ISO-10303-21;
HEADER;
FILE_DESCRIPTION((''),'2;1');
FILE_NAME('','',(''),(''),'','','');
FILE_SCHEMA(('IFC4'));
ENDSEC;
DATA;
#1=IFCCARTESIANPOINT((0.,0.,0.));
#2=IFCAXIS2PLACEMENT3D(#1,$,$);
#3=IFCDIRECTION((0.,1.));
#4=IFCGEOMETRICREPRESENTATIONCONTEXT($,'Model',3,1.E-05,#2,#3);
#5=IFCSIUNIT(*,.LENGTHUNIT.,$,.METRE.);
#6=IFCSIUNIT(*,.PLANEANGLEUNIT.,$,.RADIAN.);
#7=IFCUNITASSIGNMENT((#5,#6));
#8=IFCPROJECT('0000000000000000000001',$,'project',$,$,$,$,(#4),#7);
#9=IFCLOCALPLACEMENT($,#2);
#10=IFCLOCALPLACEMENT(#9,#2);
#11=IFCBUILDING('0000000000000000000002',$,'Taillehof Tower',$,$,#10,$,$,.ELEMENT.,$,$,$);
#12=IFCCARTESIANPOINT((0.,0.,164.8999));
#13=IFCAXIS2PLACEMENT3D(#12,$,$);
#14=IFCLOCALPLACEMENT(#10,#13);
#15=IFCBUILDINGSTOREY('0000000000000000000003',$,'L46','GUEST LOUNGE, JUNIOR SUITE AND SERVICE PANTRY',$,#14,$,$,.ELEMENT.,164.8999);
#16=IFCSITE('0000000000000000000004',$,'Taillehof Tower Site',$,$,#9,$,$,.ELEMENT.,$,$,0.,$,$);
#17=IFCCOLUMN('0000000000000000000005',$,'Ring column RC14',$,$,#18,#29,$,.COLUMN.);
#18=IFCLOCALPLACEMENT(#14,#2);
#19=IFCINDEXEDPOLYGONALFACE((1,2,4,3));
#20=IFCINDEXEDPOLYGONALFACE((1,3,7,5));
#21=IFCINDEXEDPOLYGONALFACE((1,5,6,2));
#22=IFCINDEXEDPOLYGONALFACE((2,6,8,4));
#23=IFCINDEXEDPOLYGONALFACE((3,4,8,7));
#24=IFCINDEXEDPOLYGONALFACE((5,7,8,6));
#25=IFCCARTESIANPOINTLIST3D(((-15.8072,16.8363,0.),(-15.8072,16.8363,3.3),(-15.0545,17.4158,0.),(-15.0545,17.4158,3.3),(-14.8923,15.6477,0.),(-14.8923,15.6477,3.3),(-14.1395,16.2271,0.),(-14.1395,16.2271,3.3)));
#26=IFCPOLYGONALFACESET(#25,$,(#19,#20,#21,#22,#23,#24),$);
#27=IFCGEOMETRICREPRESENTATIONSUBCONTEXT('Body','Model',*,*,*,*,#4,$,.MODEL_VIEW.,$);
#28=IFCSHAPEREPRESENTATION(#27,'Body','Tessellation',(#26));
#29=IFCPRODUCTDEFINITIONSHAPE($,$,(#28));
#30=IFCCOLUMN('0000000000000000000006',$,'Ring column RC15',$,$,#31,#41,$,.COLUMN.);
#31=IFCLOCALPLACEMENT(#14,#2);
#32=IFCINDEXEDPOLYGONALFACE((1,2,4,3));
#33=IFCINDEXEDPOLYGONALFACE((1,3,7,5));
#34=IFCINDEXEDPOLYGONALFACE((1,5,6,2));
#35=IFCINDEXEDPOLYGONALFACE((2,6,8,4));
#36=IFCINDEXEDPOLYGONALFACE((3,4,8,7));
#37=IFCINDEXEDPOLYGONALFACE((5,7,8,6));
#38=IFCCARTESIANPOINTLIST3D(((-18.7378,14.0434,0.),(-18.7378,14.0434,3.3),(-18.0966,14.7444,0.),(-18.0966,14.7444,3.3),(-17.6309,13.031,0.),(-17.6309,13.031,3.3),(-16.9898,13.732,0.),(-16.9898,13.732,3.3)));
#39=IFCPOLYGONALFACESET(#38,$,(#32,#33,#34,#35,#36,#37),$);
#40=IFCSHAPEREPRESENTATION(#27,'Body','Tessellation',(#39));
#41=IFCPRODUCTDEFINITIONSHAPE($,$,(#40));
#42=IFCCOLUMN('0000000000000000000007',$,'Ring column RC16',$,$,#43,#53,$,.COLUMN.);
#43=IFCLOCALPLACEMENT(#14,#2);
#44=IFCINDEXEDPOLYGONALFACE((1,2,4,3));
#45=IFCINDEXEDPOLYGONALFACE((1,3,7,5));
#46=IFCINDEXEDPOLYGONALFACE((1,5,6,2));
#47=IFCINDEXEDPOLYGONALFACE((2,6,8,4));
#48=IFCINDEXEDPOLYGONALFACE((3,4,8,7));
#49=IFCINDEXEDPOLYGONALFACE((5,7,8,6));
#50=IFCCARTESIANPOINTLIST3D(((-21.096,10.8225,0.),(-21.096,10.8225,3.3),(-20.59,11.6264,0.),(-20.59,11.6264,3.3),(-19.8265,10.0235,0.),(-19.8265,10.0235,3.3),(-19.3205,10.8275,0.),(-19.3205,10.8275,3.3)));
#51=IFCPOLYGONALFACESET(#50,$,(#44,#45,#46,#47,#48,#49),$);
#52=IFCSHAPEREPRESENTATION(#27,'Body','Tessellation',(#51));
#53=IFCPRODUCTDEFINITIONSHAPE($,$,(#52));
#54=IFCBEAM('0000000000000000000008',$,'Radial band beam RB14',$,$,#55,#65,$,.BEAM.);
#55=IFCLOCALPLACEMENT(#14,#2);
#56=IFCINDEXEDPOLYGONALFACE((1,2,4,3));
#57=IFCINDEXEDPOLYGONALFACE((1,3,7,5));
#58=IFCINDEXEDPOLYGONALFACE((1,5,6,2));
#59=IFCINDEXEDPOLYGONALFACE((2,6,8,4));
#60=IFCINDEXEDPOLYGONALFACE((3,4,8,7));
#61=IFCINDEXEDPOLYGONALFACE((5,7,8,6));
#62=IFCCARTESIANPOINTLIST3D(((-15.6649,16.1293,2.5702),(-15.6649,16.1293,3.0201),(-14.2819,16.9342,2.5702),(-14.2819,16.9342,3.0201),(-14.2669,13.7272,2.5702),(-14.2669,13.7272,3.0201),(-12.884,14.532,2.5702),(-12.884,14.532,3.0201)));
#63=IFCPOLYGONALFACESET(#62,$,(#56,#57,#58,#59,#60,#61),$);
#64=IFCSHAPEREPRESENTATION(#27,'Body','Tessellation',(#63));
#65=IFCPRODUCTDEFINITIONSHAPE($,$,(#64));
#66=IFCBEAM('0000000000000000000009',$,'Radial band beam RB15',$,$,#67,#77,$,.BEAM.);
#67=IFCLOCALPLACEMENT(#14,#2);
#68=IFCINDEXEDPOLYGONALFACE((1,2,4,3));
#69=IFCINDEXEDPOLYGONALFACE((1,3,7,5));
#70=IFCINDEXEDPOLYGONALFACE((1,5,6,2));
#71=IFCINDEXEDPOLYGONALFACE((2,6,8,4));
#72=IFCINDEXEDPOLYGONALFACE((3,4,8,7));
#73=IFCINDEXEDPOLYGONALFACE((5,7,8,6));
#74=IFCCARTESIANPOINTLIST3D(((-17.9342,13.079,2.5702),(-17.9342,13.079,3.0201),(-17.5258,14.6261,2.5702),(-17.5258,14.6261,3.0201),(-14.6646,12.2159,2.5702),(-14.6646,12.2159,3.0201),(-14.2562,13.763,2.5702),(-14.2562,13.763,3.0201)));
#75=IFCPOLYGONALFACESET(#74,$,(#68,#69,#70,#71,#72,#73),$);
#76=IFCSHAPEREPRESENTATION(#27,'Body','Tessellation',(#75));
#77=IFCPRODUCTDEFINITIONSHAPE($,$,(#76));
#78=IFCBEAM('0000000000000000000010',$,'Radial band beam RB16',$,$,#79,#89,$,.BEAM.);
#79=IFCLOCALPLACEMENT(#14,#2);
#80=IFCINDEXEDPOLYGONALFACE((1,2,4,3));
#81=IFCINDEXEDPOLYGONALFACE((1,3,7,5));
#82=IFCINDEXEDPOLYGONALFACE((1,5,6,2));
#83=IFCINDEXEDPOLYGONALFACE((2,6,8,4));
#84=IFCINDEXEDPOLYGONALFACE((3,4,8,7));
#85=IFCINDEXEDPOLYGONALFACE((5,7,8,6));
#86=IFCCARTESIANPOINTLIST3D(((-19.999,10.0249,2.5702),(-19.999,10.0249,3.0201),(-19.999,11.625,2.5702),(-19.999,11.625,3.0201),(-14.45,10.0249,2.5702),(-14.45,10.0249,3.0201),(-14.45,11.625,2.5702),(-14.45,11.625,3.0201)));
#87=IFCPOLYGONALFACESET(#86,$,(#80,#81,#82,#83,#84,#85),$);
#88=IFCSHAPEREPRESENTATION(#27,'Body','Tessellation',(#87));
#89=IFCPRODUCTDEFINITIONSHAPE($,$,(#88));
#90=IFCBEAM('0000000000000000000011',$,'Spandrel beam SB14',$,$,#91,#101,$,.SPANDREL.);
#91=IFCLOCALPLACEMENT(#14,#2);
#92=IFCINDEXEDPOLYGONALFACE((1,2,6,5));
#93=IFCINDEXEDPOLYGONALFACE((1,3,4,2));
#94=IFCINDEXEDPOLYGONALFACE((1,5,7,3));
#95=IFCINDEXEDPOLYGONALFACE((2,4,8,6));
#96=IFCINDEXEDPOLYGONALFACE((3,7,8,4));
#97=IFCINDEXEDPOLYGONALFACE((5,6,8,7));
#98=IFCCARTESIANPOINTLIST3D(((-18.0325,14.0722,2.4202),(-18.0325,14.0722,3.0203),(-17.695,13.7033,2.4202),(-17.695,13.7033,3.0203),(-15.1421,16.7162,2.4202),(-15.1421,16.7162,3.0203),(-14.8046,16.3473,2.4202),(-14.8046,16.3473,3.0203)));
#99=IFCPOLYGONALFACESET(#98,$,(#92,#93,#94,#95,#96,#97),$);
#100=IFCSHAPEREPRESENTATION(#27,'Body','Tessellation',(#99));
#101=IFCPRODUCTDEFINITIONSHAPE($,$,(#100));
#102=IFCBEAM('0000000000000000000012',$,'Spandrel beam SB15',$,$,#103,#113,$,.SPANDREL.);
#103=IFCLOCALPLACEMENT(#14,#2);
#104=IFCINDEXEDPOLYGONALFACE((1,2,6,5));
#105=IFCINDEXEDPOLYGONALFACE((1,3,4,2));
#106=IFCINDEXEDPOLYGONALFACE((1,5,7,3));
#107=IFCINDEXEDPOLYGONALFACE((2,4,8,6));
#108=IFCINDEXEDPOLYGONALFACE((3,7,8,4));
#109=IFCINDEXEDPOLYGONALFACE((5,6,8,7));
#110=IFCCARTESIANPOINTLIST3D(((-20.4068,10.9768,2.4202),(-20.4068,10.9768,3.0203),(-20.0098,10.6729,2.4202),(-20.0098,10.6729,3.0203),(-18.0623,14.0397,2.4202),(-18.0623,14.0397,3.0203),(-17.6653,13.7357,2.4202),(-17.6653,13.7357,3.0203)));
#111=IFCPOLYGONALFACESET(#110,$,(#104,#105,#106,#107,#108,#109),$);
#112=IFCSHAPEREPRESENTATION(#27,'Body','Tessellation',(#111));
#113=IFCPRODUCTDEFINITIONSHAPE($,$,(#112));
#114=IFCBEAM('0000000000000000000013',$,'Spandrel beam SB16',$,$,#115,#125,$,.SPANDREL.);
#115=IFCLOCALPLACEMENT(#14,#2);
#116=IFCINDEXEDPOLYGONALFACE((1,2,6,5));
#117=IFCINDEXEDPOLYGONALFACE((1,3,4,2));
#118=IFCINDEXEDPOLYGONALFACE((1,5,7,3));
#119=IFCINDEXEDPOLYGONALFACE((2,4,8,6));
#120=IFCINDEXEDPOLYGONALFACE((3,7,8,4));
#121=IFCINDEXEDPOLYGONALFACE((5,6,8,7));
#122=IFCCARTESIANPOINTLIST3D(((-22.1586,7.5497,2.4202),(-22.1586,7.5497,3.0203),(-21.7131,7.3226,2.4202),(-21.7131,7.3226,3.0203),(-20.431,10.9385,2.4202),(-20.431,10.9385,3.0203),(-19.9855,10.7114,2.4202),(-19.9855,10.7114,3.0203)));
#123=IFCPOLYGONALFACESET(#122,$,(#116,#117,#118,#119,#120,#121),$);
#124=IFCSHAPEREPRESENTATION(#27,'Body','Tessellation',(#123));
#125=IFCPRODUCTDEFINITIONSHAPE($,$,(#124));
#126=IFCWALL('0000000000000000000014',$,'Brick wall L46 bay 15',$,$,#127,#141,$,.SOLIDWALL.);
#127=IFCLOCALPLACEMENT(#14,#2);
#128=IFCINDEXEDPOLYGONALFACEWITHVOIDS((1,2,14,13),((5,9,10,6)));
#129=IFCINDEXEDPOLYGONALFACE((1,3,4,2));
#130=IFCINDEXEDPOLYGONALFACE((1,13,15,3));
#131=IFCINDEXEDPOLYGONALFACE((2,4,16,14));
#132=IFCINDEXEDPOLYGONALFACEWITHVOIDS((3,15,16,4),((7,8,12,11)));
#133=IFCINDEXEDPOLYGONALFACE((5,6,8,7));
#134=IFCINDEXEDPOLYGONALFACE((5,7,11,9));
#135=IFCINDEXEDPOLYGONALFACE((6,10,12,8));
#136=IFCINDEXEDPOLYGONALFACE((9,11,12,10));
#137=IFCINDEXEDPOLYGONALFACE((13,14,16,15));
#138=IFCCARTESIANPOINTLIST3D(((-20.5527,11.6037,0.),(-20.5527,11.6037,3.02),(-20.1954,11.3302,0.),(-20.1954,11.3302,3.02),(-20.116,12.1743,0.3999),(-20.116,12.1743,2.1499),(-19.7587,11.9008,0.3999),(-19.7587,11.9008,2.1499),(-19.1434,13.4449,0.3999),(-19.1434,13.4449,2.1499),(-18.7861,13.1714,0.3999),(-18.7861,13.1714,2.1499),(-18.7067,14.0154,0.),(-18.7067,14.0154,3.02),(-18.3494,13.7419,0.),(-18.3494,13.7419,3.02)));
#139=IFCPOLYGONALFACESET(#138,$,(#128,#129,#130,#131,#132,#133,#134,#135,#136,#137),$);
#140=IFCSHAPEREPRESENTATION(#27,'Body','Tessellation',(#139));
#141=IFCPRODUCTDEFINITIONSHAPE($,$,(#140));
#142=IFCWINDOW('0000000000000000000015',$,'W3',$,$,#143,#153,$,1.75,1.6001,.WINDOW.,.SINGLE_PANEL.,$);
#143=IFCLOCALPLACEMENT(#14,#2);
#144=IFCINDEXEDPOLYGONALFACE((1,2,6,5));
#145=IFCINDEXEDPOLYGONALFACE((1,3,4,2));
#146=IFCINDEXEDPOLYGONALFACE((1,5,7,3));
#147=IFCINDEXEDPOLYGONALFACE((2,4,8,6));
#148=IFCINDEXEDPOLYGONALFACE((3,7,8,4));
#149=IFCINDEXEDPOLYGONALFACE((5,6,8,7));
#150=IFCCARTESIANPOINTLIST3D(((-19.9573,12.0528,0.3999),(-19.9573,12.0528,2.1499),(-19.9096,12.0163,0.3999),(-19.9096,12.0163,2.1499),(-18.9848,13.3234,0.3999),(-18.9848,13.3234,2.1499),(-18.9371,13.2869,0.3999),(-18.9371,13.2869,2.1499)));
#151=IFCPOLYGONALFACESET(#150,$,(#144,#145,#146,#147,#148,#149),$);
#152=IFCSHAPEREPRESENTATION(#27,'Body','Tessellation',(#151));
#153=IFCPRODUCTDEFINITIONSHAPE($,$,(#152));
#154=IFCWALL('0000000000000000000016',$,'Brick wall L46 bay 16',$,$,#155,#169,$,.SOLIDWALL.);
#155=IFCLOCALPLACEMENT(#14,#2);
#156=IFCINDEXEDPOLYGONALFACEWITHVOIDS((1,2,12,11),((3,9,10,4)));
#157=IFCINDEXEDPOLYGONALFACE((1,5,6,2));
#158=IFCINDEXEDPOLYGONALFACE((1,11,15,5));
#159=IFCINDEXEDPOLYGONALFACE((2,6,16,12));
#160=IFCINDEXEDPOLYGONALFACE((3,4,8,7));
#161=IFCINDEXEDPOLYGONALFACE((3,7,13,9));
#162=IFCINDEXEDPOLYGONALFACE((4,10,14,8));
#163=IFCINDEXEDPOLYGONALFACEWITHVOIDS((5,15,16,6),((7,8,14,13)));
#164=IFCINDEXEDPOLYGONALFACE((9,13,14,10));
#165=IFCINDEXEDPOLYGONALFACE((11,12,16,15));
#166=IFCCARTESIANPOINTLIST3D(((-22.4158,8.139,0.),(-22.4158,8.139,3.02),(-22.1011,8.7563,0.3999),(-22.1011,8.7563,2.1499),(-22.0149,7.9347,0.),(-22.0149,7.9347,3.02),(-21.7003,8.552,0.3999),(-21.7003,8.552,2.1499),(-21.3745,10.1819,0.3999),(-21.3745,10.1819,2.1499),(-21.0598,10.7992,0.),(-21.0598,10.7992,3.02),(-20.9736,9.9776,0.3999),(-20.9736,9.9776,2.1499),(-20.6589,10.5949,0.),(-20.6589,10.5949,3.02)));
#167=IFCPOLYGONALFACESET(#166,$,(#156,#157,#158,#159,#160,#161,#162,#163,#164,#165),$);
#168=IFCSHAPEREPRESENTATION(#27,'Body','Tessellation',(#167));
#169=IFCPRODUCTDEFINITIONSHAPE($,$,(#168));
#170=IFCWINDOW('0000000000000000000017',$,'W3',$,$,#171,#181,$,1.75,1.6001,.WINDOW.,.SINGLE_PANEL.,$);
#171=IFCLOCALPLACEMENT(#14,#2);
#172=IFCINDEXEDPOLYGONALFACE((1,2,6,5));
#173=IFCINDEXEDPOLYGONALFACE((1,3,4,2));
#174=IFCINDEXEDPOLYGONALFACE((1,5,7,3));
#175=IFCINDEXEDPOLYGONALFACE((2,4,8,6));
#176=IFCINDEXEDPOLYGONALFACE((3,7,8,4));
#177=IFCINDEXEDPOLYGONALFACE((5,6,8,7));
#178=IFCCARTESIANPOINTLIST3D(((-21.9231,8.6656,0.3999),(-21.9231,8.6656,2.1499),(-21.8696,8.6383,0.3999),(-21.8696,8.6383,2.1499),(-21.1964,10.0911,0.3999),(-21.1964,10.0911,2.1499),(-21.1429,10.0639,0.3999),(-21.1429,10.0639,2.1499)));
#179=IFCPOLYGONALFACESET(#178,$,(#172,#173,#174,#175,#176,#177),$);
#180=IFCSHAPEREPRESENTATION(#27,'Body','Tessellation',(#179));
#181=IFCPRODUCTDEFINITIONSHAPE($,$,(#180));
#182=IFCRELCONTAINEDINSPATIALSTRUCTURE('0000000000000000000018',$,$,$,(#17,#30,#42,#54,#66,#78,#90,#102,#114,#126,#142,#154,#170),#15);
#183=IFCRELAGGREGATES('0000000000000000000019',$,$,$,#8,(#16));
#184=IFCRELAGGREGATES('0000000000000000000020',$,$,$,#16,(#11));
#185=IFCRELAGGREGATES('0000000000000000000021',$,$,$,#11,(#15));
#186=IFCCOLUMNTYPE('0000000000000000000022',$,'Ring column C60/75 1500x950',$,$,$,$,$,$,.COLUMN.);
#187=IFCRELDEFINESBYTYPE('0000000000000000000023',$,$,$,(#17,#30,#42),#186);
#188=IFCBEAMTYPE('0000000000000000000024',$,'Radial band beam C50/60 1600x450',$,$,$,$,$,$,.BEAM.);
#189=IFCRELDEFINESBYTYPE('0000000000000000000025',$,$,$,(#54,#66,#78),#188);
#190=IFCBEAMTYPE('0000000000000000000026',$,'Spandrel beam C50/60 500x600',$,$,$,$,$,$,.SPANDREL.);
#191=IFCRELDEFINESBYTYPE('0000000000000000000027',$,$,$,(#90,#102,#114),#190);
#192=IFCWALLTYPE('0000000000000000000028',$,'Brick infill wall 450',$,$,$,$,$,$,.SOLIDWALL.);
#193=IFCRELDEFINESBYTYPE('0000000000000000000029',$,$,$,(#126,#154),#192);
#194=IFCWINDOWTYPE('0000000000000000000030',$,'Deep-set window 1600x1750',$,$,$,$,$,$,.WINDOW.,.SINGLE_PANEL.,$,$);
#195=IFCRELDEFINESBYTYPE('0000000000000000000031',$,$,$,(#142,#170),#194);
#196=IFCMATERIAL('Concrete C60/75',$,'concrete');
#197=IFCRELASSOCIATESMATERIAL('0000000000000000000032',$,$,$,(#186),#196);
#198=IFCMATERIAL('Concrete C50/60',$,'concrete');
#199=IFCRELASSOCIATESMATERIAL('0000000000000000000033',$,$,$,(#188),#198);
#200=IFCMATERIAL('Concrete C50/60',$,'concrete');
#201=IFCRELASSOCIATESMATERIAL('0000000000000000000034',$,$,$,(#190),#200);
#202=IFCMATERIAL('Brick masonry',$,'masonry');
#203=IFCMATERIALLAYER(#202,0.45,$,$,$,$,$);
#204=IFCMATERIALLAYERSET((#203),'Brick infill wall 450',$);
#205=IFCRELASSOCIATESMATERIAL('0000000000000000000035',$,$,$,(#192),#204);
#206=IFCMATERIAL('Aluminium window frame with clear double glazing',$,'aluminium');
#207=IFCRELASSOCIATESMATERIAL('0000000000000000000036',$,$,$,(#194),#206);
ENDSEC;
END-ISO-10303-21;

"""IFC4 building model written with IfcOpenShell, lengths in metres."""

from ifc_helpers import new_model, si_unit, direction, frame, frame_2d, origin, origin_2d, place, context, subcontext, project, spatial, rectangle, extrude, material, layer, layer_set, material_profile, profile_set, type_object, element, fill, save


model = new_model("IFC4")

# Units and contexts
model_context = context("Model", 3, precision=1e-05, world=origin(), true_north=direction((0.0, 1.0)))
body_context = subcontext(model_context, "Body", "Model", "MODEL_VIEW")
ifc_project = project(units=[si_unit("LENGTHUNIT", "METRE"), si_unit("PLANEANGLEUNIT", "RADIAN")], contexts=[model_context])

# Site, building, storey
site_placement = place(None, origin())
site = spatial("IfcSite", under=ifc_project, at=site_placement, Name="Taillehof Tower Site", CompositionType="ELEMENT", RefElevation=0.0)
building_placement = place(site_placement, origin())
building = spatial("IfcBuilding", under=site, at=building_placement, Name="Taillehof Tower", CompositionType="ELEMENT")
storey_placement = place(building_placement, frame((0.0, 0.0, 164.8999)))
storey = spatial("IfcBuildingStorey", under=building, at=storey_placement, Name="L46", Description="GUEST LOUNGE, JUNIOR SUITE AND SERVICE PANTRY", CompositionType="ELEMENT", Elevation=164.8999)

# Columns
ifc_material_1 = material(Name="Concrete C60/75", Category="concrete")
ifc_material_profile_1 = material_profile(ifc_material_1, rectangle(XDim=1.5, YDim=0.95, at=origin_2d()), Name="RC 1500x950")
ifc_profile_set_1 = profile_set([ifc_material_profile_1], Name="Concrete C60/75")
column_type = type_object("IfcColumnType", Name="Ring column C60/75 1500x950", PredefinedType="COLUMN", material=ifc_profile_set_1)
for number, where, z_axis, x_axis, name in (
    (1, (-14.9734, 16.5317, 0.0), (0.0, 0.0, 1.0), (-0.609971, 0.792424, 0.0), "Ring column RC14"),
    (2, (-17.8638, 13.8877, 0.0), (0.0, 0.0, 1.0), (-0.737879, 0.674933, 0.0), "Ring column RC15"),
    (3, (-20.2083, 10.825, 0.0), (0.0, 0.0, 1.0), (-0.846334, 0.532652, 0.0), "Ring column RC16"),
):
    element("IfcColumn", number, at=place(storey_placement, frame(where, z_axis=z_axis, x_axis=x_axis)), inside=storey, type_object=column_type, Name=name, PredefinedType="COLUMN", context=body_context, shape_type="SweptSolid", body=[
        extrude(rectangle(XDim=1.5, YDim=0.95, at=origin_2d()), origin(), (0.0, 0.0, 1.0), 3.3),
    ])

# Beams
ifc_material_2 = material(Name="Concrete C50/60", Category="concrete")
ifc_material_profile_2 = material_profile(ifc_material_2, rectangle(XDim=1.6001, YDim=0.45, at=origin_2d()), Name="RC 1600x450")
ifc_profile_set_2 = profile_set([ifc_material_profile_2], Name="Concrete C50/60")
beam_type_1 = type_object("IfcBeamType", Name="Radial band beam C50/60 1600x450", PredefinedType="BEAM", material=ifc_profile_set_2)
beam_1_placement = place(storey_placement, frame((-14.9734, 16.5317, 2.7952), z_axis=(0.502991, -0.864291, 0.0), x_axis=(0.864291, 0.502991, 0.0)))
element("IfcBeam", 4, at=beam_1_placement, inside=storey, type_object=beam_type_1, Name="Radial band beam RB14", PredefinedType="BEAM", context=body_context, shape_type="SweptSolid", body=[
    extrude(rectangle(XDim=1.6001, YDim=0.45, at=origin_2d()), origin(), (0.0, 0.0, 1.0), 2.7793),
])
beam_2_placement = place(storey_placement, frame((-17.73, 13.8525, 2.7952), z_axis=(0.966883, -0.255222, 0.0), x_axis=(0.255222, 0.966883, 0.0)))
element("IfcBeam", 5, at=beam_2_placement, inside=storey, type_object=beam_type_1, Name="Radial band beam RB15", PredefinedType="BEAM", context=body_context, shape_type="SweptSolid", body=[
    extrude(rectangle(XDim=1.6001, YDim=0.45, at=origin_2d()), origin(), (0.0, 0.0, 1.0), 3.3816),
])
beam_3_placement = place(storey_placement, frame((-19.999, 10.825, 2.7952), z_axis=(1.0, 0.0, 0.0), x_axis=(0.0, 1.0, 0.0)))
element("IfcBeam", 6, at=beam_3_placement, inside=storey, type_object=beam_type_1, Name="Radial band beam RB16", PredefinedType="BEAM", context=body_context, shape_type="SweptSolid", body=[
    extrude(rectangle(XDim=1.6001, YDim=0.45, at=origin_2d()), origin(), (0.0, 0.0, 1.0), 5.5491),
])
ifc_material_3 = material(Name="Concrete C50/60", Category="concrete")
ifc_material_profile_3 = material_profile(ifc_material_3, rectangle(XDim=0.5, YDim=0.6001, at=origin_2d()), Name="RC 500x600")
ifc_profile_set_3 = profile_set([ifc_material_profile_3], Name="Concrete C50/60")
beam_type_2 = type_object("IfcBeamType", Name="Spandrel beam C50/60 500x600", PredefinedType="SPANDREL", material=ifc_profile_set_3)
beam_4_placement = place(storey_placement, frame((-14.9734, 16.5317, 2.7202), z_axis=(-0.73785, -0.674965, 0.0), x_axis=(0.674965, -0.73785, 0.0)))
element("IfcBeam", 7, at=beam_4_placement, inside=storey, type_object=beam_type_2, Name="Spandrel beam SB14", PredefinedType="SPANDREL", context=body_context, shape_type="SweptSolid", body=[
    extrude(rectangle(XDim=0.5, YDim=0.6001, at=origin_2d()), origin(), (0.0, 0.0, 1.0), 3.9172),
])
beam_5_placement = place(storey_placement, frame((-17.8638, 13.8877, 2.7202), z_axis=(-0.60784, -0.794059, 0.0), x_axis=(0.794059, -0.60784, 0.0)))
element("IfcBeam", 8, at=beam_5_placement, inside=storey, type_object=beam_type_2, Name="Spandrel beam SB15", PredefinedType="SPANDREL", context=body_context, shape_type="SweptSolid", body=[
    extrude(rectangle(XDim=0.5, YDim=0.6001, at=origin_2d()), origin(), (0.0, 0.0, 1.0), 3.8572),
])
beam_6_placement = place(storey_placement, frame((-20.2083, 10.825, 2.7202), z_axis=(-0.454183, -0.890908, 0.0), x_axis=(0.890908, -0.454183, 0.0)))
element("IfcBeam", 9, at=beam_6_placement, inside=storey, type_object=beam_type_2, Name="Spandrel beam SB16", PredefinedType="SPANDREL", context=body_context, shape_type="SweptSolid", body=[
    extrude(rectangle(XDim=0.5, YDim=0.6001, at=origin_2d()), origin(), (0.0, 0.0, 1.0), 3.8037),
])

# Walls, openings, windows
ifc_material_4 = material(Name="Brick masonry", Category="masonry")
ifc_layer_1 = layer(ifc_material_4, 0.45)
ifc_layer_set_1 = layer_set([ifc_layer_1], Name="Brick infill wall 450")
wall_type_1 = type_object("IfcWallType", Name="Brick infill wall 450", PredefinedType="SOLIDWALL", material=ifc_layer_set_1)
wall_1_placement = place(storey_placement, frame((-18.5281, 13.8787, 0.0), z_axis=(0.0, 0.0, 1.0), x_axis=(-0.607817, -0.794077, 0.0)))
wall_1 = element("IfcWall", 10, at=wall_1_placement, inside=storey, type_object=wall_type_1, Name="Brick wall L46 bay 15", PredefinedType="SOLIDWALL", context=body_context, shape_type="SweptSolid", body=[
    extrude(rectangle(XDim=3.0371, YDim=0.45, at=frame_2d((1.5186, 0.0))), origin(), (0.0, 0.0, 1.0), 3.02),
])
opening_1_placement = place(wall_1_placement, frame((0.7185, 0.0, 0.3999)))
opening_1 = element("IfcOpeningElement", 11, at=opening_1_placement, cuts=wall_1, PredefinedType="OPENING", context=body_context, shape_type="SweptSolid", body=[
    extrude(rectangle(XDim=1.6001, YDim=1.75, at=frame_2d((0.8, 0.875))), frame((0.0, 0.2349, 0.0), z_axis=(0.0, -1.0, 0.0), x_axis=(1.0, 0.0, 0.0)), (0.0, 0.0, 1.0), 0.47),
])
ifc_material_5 = material(Name="Aluminium window frame with clear double glazing", Category="aluminium")
window_type_1 = type_object("IfcWindowType", Name="Deep-set window 1600x1750", PartitioningType="SINGLE_PANEL", PredefinedType="WINDOW", material=ifc_material_5)
window_1_placement = place(opening_1_placement, origin())
window_1 = element("IfcWindow", 12, at=window_1_placement, inside=storey, type_object=window_type_1, Name="W3", OverallHeight=1.75, OverallWidth=1.6001, PartitioningType="SINGLE_PANEL", PredefinedType="WINDOW", context=body_context, shape_type="SweptSolid", body=[
    extrude(rectangle(XDim=1.6001, YDim=1.75, at=frame_2d((0.8, 0.875))), frame((0.0, 0.0349, 0.0), z_axis=(0.0, -1.0, 0.0), x_axis=(1.0, 0.0, 0.0)), (0.0, 0.0, 1.0), 0.0601),
])
fill(opening_1, window_1)
wall_2_placement = place(storey_placement, frame((-20.8594, 10.697, 0.0), z_axis=(0.0, 0.0, 1.0), x_axis=(-0.454134, -0.890933, 0.0)))
wall_2 = element("IfcWall", 13, at=wall_2_placement, inside=storey, type_object=wall_type_1, Name="Brick wall L46 bay 16", PredefinedType="SOLIDWALL", context=body_context, shape_type="SweptSolid", body=[
    extrude(rectangle(XDim=2.9858, YDim=0.45, at=frame_2d((1.4929, 0.0))), origin(), (0.0, 0.0, 1.0), 3.02),
])
opening_2_placement = place(wall_2_placement, frame((0.6929, 0.0, 0.3999)))
opening_2 = element("IfcOpeningElement", 14, at=opening_2_placement, cuts=wall_2, PredefinedType="OPENING", context=body_context, shape_type="SweptSolid", body=[
    extrude(rectangle(XDim=1.6001, YDim=1.75, at=frame_2d((0.8, 0.875))), frame((0.0, 0.2349, 0.0), z_axis=(0.0, -1.0, 0.0), x_axis=(1.0, 0.0, 0.0)), (0.0, 0.0, 1.0), 0.47),
])
window_2_placement = place(opening_2_placement, origin())
window_2 = element("IfcWindow", 15, at=window_2_placement, inside=storey, type_object=window_type_1, Name="W3", OverallHeight=1.75, OverallWidth=1.6001, PartitioningType="SINGLE_PANEL", PredefinedType="WINDOW", context=body_context, shape_type="SweptSolid", body=[
    extrude(rectangle(XDim=1.6001, YDim=1.75, at=frame_2d((0.8, 0.875))), frame((0.0, 0.0349, 0.0), z_axis=(0.0, -1.0, 0.0), x_axis=(1.0, 0.0, 0.0)), (0.0, 0.0, 1.0), 0.0601),
])
fill(opening_2, window_2)

save(model, "model.ifc")
